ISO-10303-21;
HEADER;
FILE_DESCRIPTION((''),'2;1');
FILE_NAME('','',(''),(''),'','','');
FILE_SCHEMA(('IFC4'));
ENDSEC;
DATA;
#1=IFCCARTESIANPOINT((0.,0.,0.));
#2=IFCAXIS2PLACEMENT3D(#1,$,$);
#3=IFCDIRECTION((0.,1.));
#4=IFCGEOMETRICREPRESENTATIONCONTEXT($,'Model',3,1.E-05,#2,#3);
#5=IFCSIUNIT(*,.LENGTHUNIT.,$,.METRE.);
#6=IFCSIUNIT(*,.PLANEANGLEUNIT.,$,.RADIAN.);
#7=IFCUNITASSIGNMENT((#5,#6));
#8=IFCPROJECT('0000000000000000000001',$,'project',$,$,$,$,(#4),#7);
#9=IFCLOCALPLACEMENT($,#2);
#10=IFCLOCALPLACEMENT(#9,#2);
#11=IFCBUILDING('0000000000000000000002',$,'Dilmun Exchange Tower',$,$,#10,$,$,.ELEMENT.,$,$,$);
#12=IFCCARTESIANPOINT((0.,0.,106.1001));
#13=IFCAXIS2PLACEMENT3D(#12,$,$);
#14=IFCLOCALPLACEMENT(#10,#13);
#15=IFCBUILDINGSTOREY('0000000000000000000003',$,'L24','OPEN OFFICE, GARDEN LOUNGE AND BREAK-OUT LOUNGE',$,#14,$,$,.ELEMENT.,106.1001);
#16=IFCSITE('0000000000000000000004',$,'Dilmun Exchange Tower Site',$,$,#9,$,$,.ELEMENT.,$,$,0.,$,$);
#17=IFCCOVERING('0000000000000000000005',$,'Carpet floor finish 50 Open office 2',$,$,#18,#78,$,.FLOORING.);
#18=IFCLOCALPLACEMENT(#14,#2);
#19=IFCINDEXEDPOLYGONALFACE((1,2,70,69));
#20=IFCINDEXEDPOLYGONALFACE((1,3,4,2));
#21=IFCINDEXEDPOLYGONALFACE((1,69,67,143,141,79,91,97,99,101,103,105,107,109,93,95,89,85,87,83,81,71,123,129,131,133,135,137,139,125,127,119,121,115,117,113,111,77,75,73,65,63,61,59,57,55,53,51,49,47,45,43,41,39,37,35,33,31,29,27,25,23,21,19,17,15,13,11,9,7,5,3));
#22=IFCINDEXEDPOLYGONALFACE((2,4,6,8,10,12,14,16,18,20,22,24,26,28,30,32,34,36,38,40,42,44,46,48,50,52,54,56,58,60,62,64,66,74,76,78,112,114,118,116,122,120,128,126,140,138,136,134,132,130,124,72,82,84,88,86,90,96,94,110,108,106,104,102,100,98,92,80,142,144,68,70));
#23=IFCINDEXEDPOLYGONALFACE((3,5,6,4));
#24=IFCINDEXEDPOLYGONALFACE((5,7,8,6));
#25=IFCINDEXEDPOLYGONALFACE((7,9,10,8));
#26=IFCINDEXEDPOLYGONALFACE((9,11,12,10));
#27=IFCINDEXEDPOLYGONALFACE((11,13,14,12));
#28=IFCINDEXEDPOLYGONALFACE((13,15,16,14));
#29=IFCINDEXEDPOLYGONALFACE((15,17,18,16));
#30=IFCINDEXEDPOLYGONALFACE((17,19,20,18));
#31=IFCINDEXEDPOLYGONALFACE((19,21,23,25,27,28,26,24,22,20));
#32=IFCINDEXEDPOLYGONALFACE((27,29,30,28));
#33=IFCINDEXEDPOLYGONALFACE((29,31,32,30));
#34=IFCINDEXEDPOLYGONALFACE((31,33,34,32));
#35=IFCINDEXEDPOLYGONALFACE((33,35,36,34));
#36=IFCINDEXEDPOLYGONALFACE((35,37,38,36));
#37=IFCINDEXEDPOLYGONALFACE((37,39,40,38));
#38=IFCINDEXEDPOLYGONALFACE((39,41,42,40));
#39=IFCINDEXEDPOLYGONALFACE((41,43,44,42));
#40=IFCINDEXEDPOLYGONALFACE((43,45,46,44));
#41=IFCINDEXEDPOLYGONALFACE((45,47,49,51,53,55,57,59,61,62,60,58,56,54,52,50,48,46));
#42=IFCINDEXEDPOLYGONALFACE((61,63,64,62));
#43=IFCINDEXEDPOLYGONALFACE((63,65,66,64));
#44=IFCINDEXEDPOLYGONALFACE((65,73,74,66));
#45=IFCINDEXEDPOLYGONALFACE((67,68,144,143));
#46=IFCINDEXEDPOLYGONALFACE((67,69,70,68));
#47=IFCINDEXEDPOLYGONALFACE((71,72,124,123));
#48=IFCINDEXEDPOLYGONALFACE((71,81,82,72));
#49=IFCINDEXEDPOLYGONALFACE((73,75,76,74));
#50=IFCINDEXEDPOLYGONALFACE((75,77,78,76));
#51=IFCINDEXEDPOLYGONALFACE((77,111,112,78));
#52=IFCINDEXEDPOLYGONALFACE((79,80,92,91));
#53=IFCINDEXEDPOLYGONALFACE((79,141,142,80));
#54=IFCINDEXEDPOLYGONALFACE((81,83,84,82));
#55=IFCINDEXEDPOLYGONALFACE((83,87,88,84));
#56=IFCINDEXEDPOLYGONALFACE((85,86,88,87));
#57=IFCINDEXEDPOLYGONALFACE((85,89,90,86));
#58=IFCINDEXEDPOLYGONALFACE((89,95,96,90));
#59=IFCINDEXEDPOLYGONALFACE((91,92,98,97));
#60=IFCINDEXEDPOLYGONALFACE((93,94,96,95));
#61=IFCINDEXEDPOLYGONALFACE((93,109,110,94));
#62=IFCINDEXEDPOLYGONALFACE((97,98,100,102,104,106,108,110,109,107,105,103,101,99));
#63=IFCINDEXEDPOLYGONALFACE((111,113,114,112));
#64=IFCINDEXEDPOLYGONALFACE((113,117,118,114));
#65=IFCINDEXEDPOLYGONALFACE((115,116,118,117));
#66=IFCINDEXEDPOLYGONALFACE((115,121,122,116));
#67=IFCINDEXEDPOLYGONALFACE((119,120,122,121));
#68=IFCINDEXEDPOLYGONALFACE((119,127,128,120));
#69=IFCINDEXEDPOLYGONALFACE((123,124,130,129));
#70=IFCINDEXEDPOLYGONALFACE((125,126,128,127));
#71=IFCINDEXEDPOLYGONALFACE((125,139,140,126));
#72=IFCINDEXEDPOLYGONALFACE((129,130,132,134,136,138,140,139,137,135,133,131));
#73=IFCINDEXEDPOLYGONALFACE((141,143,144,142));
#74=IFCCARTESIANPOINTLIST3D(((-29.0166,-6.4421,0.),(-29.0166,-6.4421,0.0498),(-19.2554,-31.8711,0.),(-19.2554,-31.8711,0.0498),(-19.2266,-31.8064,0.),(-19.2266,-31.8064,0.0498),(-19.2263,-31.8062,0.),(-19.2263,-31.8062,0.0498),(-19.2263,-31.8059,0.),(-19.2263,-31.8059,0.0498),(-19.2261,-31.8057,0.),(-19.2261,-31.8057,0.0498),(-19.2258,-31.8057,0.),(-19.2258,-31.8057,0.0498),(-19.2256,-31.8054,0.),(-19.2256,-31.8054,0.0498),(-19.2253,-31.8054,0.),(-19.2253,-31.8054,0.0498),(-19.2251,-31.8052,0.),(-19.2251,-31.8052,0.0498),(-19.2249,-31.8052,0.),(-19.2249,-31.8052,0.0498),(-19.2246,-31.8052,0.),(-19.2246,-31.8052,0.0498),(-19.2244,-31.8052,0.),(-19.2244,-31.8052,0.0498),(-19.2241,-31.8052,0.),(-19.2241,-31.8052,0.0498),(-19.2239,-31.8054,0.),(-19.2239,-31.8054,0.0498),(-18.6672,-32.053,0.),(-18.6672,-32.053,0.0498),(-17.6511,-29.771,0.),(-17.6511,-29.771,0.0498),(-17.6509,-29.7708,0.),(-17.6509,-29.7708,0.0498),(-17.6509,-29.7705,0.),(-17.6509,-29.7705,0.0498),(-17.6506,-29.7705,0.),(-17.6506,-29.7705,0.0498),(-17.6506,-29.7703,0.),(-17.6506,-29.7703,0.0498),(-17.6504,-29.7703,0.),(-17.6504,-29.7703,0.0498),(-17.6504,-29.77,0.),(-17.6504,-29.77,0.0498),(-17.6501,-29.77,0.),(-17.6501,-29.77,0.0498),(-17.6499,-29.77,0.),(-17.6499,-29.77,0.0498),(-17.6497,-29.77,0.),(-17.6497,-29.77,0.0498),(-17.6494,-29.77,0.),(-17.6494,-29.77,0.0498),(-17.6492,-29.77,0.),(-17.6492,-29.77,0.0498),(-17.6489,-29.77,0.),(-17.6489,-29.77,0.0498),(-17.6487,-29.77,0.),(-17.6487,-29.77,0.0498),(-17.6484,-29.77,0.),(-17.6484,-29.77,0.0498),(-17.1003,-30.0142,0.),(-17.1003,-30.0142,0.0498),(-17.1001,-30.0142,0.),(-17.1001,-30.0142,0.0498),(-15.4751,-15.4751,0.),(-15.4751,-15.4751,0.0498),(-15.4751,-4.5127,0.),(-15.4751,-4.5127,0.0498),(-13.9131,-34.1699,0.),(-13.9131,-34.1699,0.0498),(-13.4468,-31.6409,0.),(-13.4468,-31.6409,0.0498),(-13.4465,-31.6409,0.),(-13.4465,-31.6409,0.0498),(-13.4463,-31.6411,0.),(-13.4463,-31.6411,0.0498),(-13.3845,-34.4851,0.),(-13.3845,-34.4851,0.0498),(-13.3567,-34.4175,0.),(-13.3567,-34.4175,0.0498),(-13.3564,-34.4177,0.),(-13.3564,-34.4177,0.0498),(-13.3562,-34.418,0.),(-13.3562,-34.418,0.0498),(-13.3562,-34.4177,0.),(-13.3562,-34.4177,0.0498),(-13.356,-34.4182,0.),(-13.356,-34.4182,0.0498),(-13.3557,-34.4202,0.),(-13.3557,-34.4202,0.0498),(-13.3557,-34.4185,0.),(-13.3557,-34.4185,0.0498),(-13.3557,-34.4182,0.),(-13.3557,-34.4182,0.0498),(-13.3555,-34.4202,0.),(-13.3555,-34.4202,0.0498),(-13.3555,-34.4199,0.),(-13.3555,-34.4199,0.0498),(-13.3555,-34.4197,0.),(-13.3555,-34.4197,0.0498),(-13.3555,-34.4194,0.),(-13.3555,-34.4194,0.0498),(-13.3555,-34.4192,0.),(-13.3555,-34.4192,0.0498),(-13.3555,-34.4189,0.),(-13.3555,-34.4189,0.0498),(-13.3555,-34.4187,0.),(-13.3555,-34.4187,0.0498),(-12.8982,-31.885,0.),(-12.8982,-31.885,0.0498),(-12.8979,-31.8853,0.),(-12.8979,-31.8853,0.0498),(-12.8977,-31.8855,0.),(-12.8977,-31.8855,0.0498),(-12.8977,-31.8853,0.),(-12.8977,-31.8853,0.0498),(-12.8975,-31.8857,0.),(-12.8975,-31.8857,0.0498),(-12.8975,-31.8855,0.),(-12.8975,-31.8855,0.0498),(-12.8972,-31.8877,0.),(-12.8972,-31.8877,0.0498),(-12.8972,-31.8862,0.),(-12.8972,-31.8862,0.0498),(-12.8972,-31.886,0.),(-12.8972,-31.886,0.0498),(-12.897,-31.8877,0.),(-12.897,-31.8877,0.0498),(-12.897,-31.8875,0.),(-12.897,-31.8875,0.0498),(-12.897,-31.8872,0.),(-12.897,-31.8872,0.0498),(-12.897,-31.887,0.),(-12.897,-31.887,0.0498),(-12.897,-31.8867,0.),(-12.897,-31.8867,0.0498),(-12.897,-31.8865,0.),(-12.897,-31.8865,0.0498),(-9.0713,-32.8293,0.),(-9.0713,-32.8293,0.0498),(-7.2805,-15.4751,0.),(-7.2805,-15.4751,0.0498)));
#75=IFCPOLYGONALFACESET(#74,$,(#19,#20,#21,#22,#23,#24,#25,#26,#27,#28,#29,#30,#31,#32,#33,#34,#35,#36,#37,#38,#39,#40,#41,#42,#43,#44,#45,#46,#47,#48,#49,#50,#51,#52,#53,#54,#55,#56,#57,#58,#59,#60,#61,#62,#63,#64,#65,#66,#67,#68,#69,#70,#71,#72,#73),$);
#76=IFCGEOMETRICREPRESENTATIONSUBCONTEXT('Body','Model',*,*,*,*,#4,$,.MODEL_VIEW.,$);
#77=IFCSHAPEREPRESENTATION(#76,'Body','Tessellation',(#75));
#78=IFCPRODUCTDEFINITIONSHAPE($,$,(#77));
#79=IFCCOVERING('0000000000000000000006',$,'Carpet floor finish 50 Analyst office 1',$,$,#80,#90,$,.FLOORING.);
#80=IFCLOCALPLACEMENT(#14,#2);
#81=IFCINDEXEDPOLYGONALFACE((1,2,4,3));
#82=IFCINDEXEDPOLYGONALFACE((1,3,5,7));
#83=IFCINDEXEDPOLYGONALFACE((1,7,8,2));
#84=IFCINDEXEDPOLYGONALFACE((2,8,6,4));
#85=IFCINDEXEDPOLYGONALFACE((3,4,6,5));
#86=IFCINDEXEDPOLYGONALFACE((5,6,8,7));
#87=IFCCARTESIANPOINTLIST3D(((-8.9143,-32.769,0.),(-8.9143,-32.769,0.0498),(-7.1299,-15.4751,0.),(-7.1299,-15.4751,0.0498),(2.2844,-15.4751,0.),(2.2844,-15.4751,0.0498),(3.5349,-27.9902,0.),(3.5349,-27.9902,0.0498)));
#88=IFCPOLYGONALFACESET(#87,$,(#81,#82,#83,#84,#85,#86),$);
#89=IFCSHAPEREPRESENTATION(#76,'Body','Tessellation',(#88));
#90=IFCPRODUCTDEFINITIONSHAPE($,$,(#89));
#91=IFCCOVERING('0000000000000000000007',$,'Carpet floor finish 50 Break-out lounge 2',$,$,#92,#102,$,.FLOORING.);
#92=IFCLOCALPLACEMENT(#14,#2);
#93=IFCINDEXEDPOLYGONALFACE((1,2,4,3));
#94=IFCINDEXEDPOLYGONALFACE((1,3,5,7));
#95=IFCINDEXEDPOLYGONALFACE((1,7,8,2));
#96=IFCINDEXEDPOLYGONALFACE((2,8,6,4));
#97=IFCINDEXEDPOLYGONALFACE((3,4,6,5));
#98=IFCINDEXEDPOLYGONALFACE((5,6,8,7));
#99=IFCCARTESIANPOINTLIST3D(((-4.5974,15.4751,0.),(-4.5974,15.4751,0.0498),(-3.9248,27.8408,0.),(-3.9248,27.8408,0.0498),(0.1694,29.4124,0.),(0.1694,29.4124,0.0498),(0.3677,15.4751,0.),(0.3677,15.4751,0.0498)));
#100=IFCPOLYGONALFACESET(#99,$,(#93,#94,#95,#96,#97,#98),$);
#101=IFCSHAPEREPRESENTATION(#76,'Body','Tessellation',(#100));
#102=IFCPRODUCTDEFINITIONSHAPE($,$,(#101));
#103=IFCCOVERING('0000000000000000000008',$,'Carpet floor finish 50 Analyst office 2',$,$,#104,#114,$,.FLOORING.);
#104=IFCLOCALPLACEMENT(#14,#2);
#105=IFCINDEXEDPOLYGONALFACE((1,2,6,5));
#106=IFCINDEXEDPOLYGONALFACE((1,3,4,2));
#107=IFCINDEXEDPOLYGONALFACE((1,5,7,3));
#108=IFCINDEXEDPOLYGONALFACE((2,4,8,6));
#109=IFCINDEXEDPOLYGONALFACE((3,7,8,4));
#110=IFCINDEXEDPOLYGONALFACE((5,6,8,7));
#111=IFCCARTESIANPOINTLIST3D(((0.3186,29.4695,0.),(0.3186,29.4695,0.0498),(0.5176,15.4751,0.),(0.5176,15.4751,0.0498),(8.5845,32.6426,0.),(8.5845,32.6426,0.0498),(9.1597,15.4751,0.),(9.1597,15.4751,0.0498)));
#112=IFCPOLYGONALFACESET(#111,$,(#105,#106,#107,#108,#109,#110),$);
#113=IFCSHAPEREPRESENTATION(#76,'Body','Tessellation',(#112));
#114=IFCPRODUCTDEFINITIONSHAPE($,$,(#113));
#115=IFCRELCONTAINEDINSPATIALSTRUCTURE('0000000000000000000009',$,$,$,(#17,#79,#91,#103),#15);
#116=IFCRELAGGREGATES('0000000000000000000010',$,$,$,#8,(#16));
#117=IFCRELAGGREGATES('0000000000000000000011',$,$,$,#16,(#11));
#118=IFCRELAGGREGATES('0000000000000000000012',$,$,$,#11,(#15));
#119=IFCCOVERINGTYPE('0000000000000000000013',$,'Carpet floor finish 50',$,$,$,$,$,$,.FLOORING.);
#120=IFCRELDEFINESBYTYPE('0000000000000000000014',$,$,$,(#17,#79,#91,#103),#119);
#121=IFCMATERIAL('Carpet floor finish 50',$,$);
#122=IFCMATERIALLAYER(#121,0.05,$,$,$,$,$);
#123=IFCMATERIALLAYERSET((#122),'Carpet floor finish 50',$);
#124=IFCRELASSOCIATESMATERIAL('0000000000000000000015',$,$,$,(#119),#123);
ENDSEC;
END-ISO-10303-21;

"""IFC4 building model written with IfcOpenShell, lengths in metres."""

from ifc_helpers import new_model, si_unit, direction, frame, origin, place, context, subcontext, project, spatial, polyline, outline, extrude, material, layer, layer_set, type_object, element, save


model = new_model("IFC4")

# Units and contexts
model_context = context("Model", 3, precision=1e-05, world=origin(), true_north=direction((0.0, 1.0)))
body_context = subcontext(model_context, "Body", "Model", "MODEL_VIEW")
ifc_project = project(units=[si_unit("LENGTHUNIT", "METRE"), si_unit("PLANEANGLEUNIT", "RADIAN")], contexts=[model_context])

# Site, building, storey
site_placement = place(None, origin())
site = spatial("IfcSite", under=ifc_project, at=site_placement, Name="Dilmun Exchange Tower Site", CompositionType="ELEMENT", RefElevation=0.0)
building_placement = place(site_placement, origin())
building = spatial("IfcBuilding", under=site, at=building_placement, Name="Dilmun Exchange Tower", CompositionType="ELEMENT")
storey_placement = place(building_placement, frame((0.0, 0.0, 106.1001)))
storey = spatial("IfcBuildingStorey", under=building, at=storey_placement, Name="L24", Description="OPEN OFFICE, GARDEN LOUNGE AND BREAK-OUT LOUNGE", CompositionType="ELEMENT", Elevation=106.1001)

# Coverings
ifc_material_1 = material(Name="Carpet floor finish 50")
ifc_layer_1 = layer(ifc_material_1, 0.05)
ifc_layer_set_1 = layer_set([ifc_layer_1], Name="Carpet floor finish 50")
covering_type_1 = type_object("IfcCoveringType", Name="Carpet floor finish 50", PredefinedType="FLOORING", material=ifc_layer_set_1)
covering_1_placement = place(storey_placement, origin())
element("IfcCovering", 1, at=covering_1_placement, inside=storey, type_object=covering_type_1, Name="Carpet floor finish 50 Open office 2", PredefinedType="FLOORING", context=body_context, shape_type="SweptSolid", body=[
    extrude(outline(polyline([(-15.4751, -4.5127), (-15.4751, -15.4751), (-7.2805, -15.4751), (-9.0713, -32.8293), (-13.3845, -34.4851), (-13.3557, -34.4202), (-13.3555, -34.4202), (-13.3555, -34.4199), (-13.3555, -34.4197), (-13.3555, -34.4194), (-13.3555, -34.4192), (-13.3555, -34.4192), (-13.3555, -34.4189), (-13.3555, -34.4187), (-13.3557, -34.4185), (-13.3557, -34.4185), (-13.3557, -34.4182), (-13.356, -34.4182), (-13.3562, -34.418), (-13.3562, -34.4177), (-13.3564, -34.4177), (-13.3567, -34.4175), (-13.9131, -34.1699), (-12.8972, -31.8877), (-12.897, -31.8877), (-12.897, -31.8875), (-12.897, -31.8872), (-12.897, -31.887), (-12.897, -31.8867), (-12.897, -31.8867), (-12.897, -31.8865), (-12.8972, -31.8862), (-12.8972, -31.886), (-12.8972, -31.886), (-12.8975, -31.8857), (-12.8975, -31.8855), (-12.8977, -31.8855), (-12.8977, -31.8853), (-12.8979, -31.8853), (-12.8982, -31.885), (-13.4463, -31.6411), (-13.4463, -31.6411), (-13.4465, -31.6409), (-13.4468, -31.6409), (-17.1001, -30.0142), (-17.1001, -30.0142), (-17.1003, -30.0142), (-17.6484, -29.77), (-17.6487, -29.77), (-17.6489, -29.77), (-17.6492, -29.77), (-17.6494, -29.77), (-17.6494, -29.77), (-17.6497, -29.77), (-17.6499, -29.77), (-17.6501, -29.77), (-17.6504, -29.77), (-17.6504, -29.7703), (-17.6506, -29.7703), (-17.6506, -29.7705), (-17.6509, -29.7705), (-17.6509, -29.7708), (-17.6511, -29.771), (-17.6511, -29.771), (-18.6672, -32.053), (-19.2239, -31.8054), (-19.2241, -31.8052), (-19.2241, -31.8052), (-19.2244, -31.8052), (-19.2246, -31.8052), (-19.2249, -31.8052), (-19.2251, -31.8052), (-19.2251, -31.8052), (-19.2253, -31.8054), (-19.2256, -31.8054), (-19.2256, -31.8054), (-19.2258, -31.8057), (-19.2261, -31.8057), (-19.2263, -31.8059), (-19.2263, -31.8059), (-19.2263, -31.8062), (-19.2266, -31.8064), (-19.2554, -31.8711), (-29.0166, -6.4421), (-15.4751, -4.5127)])), origin(), (0.0, 0.0, 1.0), 0.0498),
])
covering_2_placement = place(storey_placement, origin())
element("IfcCovering", 2, at=covering_2_placement, inside=storey, type_object=covering_type_1, Name="Carpet floor finish 50 Analyst office 1", PredefinedType="FLOORING", context=body_context, shape_type="SweptSolid", body=[
    extrude(outline(polyline([(-7.1299, -15.4751), (2.2844, -15.4751), (3.5349, -27.9902), (-8.9143, -32.769), (-7.1299, -15.4751)])), origin(), (0.0, 0.0, 1.0), 0.0498),
])
covering_3_placement = place(storey_placement, origin())
element("IfcCovering", 3, at=covering_3_placement, inside=storey, type_object=covering_type_1, Name="Carpet floor finish 50 Break-out lounge 2", PredefinedType="FLOORING", context=body_context, shape_type="SweptSolid", body=[
    extrude(outline(polyline([(0.3677, 15.4751), (-4.5974, 15.4751), (-3.9248, 27.8408), (0.1694, 29.4124), (0.3677, 15.4751)])), origin(), (0.0, 0.0, 1.0), 0.0498),
])
covering_4_placement = place(storey_placement, origin())
element("IfcCovering", 4, at=covering_4_placement, inside=storey, type_object=covering_type_1, Name="Carpet floor finish 50 Analyst office 2", PredefinedType="FLOORING", context=body_context, shape_type="SweptSolid", body=[
    extrude(outline(polyline([(0.3186, 29.4695), (8.5845, 32.6426), (9.1597, 15.4751), (0.5176, 15.4751), (0.3186, 29.4695)])), origin(), (0.0, 0.0, 1.0), 0.0498),
])

save(model, "model.ifc")
